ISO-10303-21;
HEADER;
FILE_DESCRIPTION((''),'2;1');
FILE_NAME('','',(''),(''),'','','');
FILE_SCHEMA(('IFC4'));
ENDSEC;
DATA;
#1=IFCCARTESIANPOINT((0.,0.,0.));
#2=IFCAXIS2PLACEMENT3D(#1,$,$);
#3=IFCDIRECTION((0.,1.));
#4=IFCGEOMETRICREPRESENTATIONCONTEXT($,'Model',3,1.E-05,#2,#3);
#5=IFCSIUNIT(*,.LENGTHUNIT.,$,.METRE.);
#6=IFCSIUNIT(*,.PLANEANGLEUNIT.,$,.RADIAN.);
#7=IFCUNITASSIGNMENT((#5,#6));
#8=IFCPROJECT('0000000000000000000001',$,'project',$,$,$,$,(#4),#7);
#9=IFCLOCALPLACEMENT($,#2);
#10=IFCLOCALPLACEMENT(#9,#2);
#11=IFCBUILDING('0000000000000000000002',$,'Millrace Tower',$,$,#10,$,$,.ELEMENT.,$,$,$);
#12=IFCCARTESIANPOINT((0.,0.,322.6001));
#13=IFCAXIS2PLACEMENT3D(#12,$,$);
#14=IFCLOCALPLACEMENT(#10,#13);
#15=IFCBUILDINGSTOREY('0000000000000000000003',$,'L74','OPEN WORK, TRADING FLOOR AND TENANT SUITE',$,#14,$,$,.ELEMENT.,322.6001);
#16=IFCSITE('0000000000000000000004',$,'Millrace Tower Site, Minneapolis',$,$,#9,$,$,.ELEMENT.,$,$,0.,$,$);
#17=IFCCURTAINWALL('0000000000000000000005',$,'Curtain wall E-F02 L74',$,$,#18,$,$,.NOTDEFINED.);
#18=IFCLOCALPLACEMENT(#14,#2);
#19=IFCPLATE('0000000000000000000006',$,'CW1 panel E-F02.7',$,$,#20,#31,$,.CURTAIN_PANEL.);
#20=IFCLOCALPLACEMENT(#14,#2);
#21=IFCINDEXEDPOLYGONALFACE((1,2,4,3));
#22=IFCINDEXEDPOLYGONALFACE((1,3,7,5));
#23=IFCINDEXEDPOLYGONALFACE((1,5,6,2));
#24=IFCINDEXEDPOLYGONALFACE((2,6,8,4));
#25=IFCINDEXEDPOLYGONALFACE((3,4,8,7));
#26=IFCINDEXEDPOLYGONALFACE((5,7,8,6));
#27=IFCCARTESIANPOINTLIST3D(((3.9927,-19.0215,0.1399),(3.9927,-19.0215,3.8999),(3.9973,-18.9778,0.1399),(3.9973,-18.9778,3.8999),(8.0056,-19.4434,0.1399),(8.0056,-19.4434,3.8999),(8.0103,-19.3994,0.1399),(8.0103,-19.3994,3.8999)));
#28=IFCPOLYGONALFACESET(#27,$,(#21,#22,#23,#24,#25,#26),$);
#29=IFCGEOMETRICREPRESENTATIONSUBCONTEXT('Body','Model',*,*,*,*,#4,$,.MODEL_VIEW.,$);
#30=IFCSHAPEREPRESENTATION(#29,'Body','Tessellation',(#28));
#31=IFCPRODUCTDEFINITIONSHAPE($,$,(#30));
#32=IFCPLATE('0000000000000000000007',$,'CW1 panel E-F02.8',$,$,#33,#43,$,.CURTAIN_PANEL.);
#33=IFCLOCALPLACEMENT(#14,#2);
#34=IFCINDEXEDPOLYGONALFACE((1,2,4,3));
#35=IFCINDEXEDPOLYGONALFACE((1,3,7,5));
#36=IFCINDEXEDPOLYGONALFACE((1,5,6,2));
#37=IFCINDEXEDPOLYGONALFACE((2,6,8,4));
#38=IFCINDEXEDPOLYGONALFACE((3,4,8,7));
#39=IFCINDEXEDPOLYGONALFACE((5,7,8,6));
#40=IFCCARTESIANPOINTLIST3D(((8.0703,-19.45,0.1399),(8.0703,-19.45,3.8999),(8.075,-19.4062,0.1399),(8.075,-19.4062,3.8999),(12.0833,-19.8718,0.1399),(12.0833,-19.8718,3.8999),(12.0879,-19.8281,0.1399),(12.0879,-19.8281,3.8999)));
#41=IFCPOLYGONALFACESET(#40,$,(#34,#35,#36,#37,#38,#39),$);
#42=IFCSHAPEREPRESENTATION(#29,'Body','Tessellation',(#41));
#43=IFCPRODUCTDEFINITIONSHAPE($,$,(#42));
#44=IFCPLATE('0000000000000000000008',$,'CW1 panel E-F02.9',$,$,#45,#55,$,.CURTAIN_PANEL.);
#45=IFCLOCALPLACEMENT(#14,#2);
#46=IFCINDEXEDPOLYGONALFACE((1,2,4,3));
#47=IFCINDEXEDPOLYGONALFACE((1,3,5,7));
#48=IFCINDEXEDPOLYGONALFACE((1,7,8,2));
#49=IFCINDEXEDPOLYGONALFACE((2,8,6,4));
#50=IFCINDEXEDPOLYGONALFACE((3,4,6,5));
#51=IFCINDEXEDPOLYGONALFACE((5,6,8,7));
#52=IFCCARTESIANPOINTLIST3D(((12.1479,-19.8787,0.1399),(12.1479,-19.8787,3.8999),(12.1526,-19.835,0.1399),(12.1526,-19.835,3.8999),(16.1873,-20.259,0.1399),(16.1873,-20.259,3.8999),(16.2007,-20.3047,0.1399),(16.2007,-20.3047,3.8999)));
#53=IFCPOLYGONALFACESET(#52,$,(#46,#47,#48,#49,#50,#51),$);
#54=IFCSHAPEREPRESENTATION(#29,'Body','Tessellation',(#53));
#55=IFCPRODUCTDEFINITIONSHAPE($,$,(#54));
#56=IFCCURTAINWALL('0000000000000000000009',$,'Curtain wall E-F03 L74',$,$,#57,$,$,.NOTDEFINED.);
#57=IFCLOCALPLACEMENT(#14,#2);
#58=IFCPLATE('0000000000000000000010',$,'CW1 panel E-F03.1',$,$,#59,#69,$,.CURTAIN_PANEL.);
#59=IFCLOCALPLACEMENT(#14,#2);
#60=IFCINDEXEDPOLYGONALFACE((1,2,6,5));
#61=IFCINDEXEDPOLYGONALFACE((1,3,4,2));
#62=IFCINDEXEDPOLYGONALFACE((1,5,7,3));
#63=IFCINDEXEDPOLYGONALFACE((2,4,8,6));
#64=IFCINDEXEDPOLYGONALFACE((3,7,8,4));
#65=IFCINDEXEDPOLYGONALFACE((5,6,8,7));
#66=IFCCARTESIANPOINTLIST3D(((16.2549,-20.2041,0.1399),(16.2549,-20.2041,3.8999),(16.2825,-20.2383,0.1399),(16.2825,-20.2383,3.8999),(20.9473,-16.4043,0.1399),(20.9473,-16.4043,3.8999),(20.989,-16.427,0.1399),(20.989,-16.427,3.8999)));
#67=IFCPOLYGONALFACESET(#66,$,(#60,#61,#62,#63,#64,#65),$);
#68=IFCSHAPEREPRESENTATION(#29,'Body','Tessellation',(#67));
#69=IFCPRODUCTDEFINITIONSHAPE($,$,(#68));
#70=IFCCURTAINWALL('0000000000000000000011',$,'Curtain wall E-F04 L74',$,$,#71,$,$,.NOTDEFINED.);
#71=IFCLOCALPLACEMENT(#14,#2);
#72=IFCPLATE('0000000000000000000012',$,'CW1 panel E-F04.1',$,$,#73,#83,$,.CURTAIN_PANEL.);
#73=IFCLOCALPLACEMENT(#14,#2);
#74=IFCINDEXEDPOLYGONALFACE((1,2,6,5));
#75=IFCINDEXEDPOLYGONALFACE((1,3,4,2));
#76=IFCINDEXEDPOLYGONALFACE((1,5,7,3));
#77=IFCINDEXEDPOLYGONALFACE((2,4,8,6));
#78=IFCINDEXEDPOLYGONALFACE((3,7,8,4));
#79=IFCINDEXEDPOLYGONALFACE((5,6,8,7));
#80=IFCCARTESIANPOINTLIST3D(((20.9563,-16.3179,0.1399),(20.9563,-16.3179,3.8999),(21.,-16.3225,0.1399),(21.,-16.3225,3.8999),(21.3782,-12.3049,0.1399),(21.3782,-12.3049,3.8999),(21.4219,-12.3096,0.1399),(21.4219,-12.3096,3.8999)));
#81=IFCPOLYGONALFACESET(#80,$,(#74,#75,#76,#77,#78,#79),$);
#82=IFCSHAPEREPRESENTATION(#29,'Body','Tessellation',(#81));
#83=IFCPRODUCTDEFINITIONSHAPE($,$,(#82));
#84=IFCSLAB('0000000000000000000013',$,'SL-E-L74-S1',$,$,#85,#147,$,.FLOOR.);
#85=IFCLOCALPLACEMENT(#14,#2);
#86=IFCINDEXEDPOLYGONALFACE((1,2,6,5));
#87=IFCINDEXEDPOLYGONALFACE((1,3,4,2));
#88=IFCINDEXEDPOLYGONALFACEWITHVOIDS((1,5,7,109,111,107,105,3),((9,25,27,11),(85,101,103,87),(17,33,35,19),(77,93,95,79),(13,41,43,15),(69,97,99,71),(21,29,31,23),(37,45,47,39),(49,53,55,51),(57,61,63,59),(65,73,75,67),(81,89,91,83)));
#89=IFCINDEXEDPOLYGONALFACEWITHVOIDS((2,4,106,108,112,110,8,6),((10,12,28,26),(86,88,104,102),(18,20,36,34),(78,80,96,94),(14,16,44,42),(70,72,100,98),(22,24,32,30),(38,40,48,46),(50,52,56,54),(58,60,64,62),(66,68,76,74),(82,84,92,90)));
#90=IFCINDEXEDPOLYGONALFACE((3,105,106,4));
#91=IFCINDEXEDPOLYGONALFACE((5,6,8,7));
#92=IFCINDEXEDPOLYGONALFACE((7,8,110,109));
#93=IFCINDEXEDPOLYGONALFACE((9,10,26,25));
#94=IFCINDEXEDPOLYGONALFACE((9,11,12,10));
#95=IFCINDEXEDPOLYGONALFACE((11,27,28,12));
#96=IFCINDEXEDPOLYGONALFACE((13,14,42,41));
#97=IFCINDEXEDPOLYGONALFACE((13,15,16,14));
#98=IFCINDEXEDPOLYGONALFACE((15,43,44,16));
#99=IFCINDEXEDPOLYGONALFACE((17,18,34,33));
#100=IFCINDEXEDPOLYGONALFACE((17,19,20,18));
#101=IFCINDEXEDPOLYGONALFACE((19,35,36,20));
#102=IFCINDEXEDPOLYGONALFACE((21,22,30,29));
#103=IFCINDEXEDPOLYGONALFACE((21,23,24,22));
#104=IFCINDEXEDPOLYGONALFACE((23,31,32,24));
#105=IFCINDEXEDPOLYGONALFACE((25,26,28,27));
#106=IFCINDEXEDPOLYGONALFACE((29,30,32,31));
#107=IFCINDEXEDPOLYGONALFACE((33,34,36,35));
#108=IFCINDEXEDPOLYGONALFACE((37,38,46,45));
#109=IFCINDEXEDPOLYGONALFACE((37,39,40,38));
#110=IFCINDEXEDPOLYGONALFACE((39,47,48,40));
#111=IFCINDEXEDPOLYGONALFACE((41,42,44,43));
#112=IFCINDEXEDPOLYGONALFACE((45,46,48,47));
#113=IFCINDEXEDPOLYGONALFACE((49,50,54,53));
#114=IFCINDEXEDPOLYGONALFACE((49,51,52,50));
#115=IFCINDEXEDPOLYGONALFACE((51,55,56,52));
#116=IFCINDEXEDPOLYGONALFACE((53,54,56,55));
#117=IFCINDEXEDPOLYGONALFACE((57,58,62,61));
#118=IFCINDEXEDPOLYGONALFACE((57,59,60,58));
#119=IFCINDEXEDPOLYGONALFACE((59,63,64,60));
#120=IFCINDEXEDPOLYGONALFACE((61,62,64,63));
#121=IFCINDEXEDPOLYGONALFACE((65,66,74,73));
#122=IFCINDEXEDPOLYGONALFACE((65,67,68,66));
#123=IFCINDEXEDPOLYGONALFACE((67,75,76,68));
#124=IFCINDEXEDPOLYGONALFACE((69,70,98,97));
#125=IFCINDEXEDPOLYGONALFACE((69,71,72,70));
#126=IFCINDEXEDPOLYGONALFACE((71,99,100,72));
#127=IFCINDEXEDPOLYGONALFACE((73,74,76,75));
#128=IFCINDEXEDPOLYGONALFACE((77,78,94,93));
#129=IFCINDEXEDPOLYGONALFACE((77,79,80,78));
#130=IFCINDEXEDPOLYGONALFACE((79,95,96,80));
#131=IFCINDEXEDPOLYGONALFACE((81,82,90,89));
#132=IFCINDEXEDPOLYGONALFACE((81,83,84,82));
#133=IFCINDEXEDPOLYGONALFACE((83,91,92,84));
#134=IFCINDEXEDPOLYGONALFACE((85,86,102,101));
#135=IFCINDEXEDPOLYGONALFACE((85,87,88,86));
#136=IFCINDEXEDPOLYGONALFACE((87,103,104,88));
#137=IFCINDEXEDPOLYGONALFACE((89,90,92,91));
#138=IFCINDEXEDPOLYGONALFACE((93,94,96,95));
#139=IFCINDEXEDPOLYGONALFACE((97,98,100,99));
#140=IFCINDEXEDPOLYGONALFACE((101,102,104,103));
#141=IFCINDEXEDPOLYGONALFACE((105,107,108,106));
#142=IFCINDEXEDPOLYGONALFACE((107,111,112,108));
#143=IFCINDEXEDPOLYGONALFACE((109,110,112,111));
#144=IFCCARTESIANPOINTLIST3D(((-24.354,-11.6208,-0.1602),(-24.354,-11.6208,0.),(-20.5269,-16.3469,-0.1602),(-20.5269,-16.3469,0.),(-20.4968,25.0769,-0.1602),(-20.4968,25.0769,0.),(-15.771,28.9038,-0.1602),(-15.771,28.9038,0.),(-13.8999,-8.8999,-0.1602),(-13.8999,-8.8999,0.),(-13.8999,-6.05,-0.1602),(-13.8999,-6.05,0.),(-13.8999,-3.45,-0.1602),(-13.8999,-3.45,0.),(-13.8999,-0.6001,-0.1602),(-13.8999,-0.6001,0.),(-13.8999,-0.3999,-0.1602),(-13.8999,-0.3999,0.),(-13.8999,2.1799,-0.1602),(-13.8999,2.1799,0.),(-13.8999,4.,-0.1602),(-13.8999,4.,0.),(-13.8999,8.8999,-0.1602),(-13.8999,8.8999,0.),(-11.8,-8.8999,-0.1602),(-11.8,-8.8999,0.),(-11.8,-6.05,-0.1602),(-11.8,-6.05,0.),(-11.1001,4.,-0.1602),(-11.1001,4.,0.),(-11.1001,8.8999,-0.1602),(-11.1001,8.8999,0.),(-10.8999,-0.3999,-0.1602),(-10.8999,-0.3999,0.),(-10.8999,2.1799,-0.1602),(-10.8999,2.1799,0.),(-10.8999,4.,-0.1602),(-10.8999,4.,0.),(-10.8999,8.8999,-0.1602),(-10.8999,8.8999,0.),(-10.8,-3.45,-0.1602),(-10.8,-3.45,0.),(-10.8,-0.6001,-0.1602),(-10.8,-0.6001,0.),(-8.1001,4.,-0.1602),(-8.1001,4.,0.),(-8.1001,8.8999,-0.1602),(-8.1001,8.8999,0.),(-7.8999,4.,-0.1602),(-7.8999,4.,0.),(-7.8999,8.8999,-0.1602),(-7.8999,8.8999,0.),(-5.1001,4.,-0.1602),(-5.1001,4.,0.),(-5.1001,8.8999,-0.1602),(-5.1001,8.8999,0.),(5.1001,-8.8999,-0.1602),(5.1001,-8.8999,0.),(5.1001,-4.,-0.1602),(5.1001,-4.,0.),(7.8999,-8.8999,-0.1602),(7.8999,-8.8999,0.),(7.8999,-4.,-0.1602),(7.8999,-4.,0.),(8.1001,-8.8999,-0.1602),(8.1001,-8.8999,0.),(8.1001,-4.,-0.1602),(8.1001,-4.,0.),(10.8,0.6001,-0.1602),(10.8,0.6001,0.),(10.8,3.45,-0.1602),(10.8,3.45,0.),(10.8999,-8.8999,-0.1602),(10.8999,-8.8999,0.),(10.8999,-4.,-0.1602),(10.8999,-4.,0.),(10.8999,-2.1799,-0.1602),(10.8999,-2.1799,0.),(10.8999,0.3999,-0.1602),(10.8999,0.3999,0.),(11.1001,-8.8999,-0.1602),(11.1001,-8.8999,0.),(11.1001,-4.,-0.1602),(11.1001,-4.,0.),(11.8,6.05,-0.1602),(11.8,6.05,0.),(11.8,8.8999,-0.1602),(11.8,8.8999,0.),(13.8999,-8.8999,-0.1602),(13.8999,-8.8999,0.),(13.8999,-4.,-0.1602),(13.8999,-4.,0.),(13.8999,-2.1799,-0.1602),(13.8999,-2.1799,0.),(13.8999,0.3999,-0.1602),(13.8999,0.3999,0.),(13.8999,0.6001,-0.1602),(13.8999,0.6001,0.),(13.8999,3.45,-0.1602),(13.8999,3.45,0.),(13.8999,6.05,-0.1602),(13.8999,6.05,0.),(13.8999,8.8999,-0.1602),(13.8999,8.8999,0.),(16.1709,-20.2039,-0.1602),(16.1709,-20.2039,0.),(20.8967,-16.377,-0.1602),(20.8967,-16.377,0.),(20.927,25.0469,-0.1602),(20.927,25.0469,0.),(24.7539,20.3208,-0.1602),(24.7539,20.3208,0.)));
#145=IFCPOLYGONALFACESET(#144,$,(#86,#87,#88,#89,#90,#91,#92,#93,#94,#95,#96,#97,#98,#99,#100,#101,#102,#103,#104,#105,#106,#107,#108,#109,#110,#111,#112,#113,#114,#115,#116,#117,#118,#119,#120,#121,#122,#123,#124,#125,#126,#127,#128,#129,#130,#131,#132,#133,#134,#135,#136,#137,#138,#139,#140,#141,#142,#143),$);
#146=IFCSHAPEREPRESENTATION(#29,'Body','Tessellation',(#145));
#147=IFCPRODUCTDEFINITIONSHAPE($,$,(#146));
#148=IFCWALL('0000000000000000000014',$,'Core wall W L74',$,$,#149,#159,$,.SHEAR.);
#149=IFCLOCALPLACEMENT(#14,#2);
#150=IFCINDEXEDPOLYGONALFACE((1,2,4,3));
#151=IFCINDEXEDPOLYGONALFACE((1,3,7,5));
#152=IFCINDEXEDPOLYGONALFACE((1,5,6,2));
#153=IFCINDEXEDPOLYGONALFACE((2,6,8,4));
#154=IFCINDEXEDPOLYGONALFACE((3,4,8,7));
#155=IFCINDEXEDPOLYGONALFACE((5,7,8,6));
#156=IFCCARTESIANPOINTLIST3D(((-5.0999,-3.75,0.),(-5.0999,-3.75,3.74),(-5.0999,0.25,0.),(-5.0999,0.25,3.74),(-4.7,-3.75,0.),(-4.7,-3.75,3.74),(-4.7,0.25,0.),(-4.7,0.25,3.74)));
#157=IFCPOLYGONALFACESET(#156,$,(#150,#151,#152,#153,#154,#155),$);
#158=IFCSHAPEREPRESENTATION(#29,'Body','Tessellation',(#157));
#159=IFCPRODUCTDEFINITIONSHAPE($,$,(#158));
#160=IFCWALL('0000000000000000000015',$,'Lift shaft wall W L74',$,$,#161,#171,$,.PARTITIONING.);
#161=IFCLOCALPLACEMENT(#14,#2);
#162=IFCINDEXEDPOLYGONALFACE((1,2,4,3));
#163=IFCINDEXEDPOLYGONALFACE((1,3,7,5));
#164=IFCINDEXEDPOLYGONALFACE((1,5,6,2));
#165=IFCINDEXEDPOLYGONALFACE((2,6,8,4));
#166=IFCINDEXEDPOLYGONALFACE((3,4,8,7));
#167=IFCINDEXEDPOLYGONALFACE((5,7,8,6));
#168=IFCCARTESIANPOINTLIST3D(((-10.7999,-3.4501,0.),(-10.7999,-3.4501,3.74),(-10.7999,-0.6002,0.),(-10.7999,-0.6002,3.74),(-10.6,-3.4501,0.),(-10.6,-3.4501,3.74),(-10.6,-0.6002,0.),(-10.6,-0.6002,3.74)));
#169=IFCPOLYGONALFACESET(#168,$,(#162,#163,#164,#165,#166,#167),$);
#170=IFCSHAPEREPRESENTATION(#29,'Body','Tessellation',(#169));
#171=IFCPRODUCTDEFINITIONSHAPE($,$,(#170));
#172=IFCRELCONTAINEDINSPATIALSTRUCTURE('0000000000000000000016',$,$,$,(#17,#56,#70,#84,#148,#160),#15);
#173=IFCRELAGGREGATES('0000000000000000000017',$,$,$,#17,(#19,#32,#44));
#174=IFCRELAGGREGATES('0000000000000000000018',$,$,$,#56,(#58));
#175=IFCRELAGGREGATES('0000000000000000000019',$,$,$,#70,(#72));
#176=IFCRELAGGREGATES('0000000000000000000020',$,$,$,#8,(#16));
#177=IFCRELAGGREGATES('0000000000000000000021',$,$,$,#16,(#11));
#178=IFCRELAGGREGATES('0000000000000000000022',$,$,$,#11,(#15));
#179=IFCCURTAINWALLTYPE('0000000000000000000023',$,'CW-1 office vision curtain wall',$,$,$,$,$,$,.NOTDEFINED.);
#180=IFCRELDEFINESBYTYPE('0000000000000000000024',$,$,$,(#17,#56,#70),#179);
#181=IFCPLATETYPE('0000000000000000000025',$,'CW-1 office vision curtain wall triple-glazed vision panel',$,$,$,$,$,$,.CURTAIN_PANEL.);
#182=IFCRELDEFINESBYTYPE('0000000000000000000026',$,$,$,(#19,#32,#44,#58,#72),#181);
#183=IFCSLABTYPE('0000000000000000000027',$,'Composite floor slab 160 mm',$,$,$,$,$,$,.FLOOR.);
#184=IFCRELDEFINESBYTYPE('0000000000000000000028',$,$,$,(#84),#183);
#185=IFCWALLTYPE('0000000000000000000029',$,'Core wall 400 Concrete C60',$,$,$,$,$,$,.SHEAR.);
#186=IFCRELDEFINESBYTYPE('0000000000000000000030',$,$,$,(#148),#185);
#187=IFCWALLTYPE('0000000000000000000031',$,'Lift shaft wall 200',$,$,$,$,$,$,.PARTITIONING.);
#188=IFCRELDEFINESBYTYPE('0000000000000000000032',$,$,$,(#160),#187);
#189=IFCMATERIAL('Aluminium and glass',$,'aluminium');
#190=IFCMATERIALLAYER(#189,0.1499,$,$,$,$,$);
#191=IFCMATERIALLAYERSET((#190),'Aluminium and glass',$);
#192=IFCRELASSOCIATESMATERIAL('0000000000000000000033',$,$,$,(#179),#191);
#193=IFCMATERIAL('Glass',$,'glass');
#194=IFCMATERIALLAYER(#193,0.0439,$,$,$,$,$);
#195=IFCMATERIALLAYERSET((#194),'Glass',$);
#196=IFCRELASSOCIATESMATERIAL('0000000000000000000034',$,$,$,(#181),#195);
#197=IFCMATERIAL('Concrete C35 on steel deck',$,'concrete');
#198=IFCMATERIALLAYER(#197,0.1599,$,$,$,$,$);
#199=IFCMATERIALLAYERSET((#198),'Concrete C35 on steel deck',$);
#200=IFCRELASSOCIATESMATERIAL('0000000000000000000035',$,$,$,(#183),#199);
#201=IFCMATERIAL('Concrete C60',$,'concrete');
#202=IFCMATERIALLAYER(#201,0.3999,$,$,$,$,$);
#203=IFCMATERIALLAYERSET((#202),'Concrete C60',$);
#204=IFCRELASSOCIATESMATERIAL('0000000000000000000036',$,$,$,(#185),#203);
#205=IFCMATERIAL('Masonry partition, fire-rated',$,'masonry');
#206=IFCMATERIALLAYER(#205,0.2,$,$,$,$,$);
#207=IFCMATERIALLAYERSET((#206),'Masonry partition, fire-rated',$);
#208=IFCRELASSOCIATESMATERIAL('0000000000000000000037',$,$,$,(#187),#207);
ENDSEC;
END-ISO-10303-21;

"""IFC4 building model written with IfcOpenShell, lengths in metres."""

from ifc_helpers import new_model, si_unit, direction, frame, frame_2d, origin, place, context, subcontext, project, spatial, polyline, rectangle, outline, extrude, material, layer, layer_set, type_object, element, aggregate, save


model = new_model("IFC4")

# Units and contexts
model_context = context("Model", 3, precision=1e-05, world=origin(), true_north=direction((0.0, 1.0)))
body_context = subcontext(model_context, "Body", "Model", "MODEL_VIEW")
ifc_project = project(units=[si_unit("LENGTHUNIT", "METRE"), si_unit("PLANEANGLEUNIT", "RADIAN")], contexts=[model_context])

# Site, building, storey
site_placement = place(None, origin())
site = spatial("IfcSite", under=ifc_project, at=site_placement, Name="Millrace Tower Site, Minneapolis", CompositionType="ELEMENT", RefElevation=0.0)
building_placement = place(site_placement, origin())
building = spatial("IfcBuilding", under=site, at=building_placement, Name="Millrace Tower", CompositionType="ELEMENT")
storey_placement = place(building_placement, frame((0.0, 0.0, 322.6001)))
storey = spatial("IfcBuildingStorey", under=building, at=storey_placement, Name="L74", Description="OPEN WORK, TRADING FLOOR AND TENANT SUITE", CompositionType="ELEMENT", Elevation=322.6001)

# Shared definitions
ifc_material_1 = material(Name="Aluminium and glass", Category="aluminium")
ifc_layer_1 = layer(ifc_material_1, 0.1499)
ifc_layer_set_1 = layer_set([ifc_layer_1], Name="Aluminium and glass")
curtain_wall_type = type_object("IfcCurtainWallType", Name="CW-1 office vision curtain wall", PredefinedType="NOTDEFINED", material=ifc_layer_set_1)
placement_1 = place(storey_placement, origin())
ifc_material_2 = material(Name="Glass", Category="glass")
ifc_layer_2 = layer(ifc_material_2, 0.0439)
ifc_layer_set_2 = layer_set([ifc_layer_2], Name="Glass")
plate_type = type_object("IfcPlateType", Name="CW-1 office vision curtain wall triple-glazed vision panel", PredefinedType="CURTAIN_PANEL", material=ifc_layer_set_2)
placement_2 = place(storey_placement, frame((0.0, 0.0, 0.1399)))

# Curtain wall, plates
curtain_wall_1 = element("IfcCurtainWall", 1, at=placement_1, inside=storey, type_object=curtain_wall_type, Name="Curtain wall E-F02 L74", PredefinedType="NOTDEFINED")
plate_1 = element("IfcPlate", 2, at=placement_2, type_object=plate_type, Name="CW1 panel E-F02.7", PredefinedType="CURTAIN_PANEL", context=body_context, shape_type="SweptSolid", body=[
    extrude(outline(polyline([(3.9927, -19.0215), (8.0056, -19.4434), (8.0103, -19.3994), (3.9973, -18.9778), (3.9927, -19.0215)])), origin(), (0.0, 0.0, 1.0), 3.76),
])
plate_2 = element("IfcPlate", 3, at=placement_2, type_object=plate_type, Name="CW1 panel E-F02.8", PredefinedType="CURTAIN_PANEL", context=body_context, shape_type="SweptSolid", body=[
    extrude(outline(polyline([(8.0703, -19.45), (12.0833, -19.8718), (12.0879, -19.8281), (8.075, -19.4062), (8.0703, -19.45)])), origin(), (0.0, 0.0, 1.0), 3.76),
])
plate_3 = element("IfcPlate", 4, at=placement_2, type_object=plate_type, Name="CW1 panel E-F02.9", PredefinedType="CURTAIN_PANEL", context=body_context, shape_type="SweptSolid", body=[
    extrude(outline(polyline([(12.1479, -19.8787), (16.2007, -20.3047), (16.1873, -20.259), (12.1526, -19.835), (12.1479, -19.8787)])), origin(), (0.0, 0.0, 1.0), 3.76),
])
aggregate(curtain_wall_1, [plate_1, plate_2, plate_3])

# Curtain walls, plates
curtain_wall_2 = element("IfcCurtainWall", 5, at=placement_1, inside=storey, type_object=curtain_wall_type, Name="Curtain wall E-F03 L74", PredefinedType="NOTDEFINED")
plate_4 = element("IfcPlate", 6, at=placement_2, type_object=plate_type, Name="CW1 panel E-F03.1", PredefinedType="CURTAIN_PANEL", context=body_context, shape_type="SweptSolid", body=[
    extrude(outline(polyline([(16.2825, -20.2383), (20.989, -16.427), (20.9473, -16.4043), (16.2549, -20.2041), (16.2825, -20.2383)])), origin(), (0.0, 0.0, 1.0), 3.76),
])
aggregate(curtain_wall_2, [plate_4])
curtain_wall_3 = element("IfcCurtainWall", 7, at=placement_1, inside=storey, type_object=curtain_wall_type, Name="Curtain wall E-F04 L74", PredefinedType="NOTDEFINED")
plate_5 = element("IfcPlate", 8, at=placement_2, type_object=plate_type, Name="CW1 panel E-F04.1", PredefinedType="CURTAIN_PANEL", context=body_context, shape_type="SweptSolid", body=[
    extrude(outline(polyline([(21.0, -16.3225), (21.4219, -12.3096), (21.3782, -12.3049), (20.9563, -16.3179), (21.0, -16.3225)])), origin(), (0.0, 0.0, 1.0), 3.76),
])
aggregate(curtain_wall_3, [plate_5])

# Slab
ifc_material_3 = material(Name="Concrete C35 on steel deck", Category="concrete")
ifc_layer_3 = layer(ifc_material_3, 0.1599)
ifc_layer_set_3 = layer_set([ifc_layer_3], Name="Concrete C35 on steel deck")
slab_type = type_object("IfcSlabType", Name="Composite floor slab 160 mm", PredefinedType="FLOOR", material=ifc_layer_set_3)
slab_placement = place(storey_placement, frame((0.0, 0.0, -0.1602)))
element("IfcSlab", 9, at=slab_placement, inside=storey, type_object=slab_type, Name="SL-E-L74-S1", PredefinedType="FLOOR", context=body_context, shape_type="SweptSolid", body=[
    extrude(outline(polyline([(-24.354, -11.6208), (-20.5269, -16.3469), (16.1709, -20.2039), (20.8967, -16.377), (24.7539, 20.3208), (20.927, 25.0469), (-15.771, 28.9038), (-20.4968, 25.0769), (-24.354, -11.6208)]), holes=[polyline([(-13.8999, -8.8999), (-11.8, -8.8999), (-11.8, -6.05), (-13.8999, -6.05), (-13.8999, -8.8999)]), polyline([(-13.8999, -3.45), (-10.8, -3.45), (-10.8, -0.6001), (-13.8999, -0.6001), (-13.8999, -3.45)]), polyline([(-13.8999, -0.3999), (-10.8999, -0.3999), (-10.8999, 2.1799), (-13.8999, 2.1799), (-13.8999, -0.3999)]), polyline([(-13.8999, 4.0), (-11.1001, 4.0), (-11.1001, 8.8999), (-13.8999, 8.8999), (-13.8999, 4.0)]), polyline([(-10.8999, 4.0), (-8.1001, 4.0), (-8.1001, 8.8999), (-10.8999, 8.8999), (-10.8999, 4.0)]), polyline([(-7.8999, 4.0), (-5.1001, 4.0), (-5.1001, 8.8999), (-7.8999, 8.8999), (-7.8999, 4.0)]), polyline([(11.8, 6.05), (13.8999, 6.05), (13.8999, 8.8999), (11.8, 8.8999), (11.8, 6.05)]), polyline([(10.8, 0.6001), (13.8999, 0.6001), (13.8999, 3.45), (10.8, 3.45), (10.8, 0.6001)]), polyline([(10.8999, -2.1799), (13.8999, -2.1799), (13.8999, 0.3999), (10.8999, 0.3999), (10.8999, -2.1799)]), polyline([(11.1001, -8.8999), (13.8999, -8.8999), (13.8999, -4.0), (11.1001, -4.0), (11.1001, -8.8999)]), polyline([(8.1001, -8.8999), (10.8999, -8.8999), (10.8999, -4.0), (8.1001, -4.0), (8.1001, -8.8999)]), polyline([(5.1001, -8.8999), (7.8999, -8.8999), (7.8999, -4.0), (5.1001, -4.0), (5.1001, -8.8999)])]), origin(), (0.0, 0.0, 1.0), 0.1602),
])

# Walls
ifc_material_4 = material(Name="Concrete C60", Category="concrete")
ifc_layer_4 = layer(ifc_material_4, 0.3999)
ifc_layer_set_4 = layer_set([ifc_layer_4], Name="Concrete C60")
wall_type_1 = type_object("IfcWallType", Name="Core wall 400 Concrete C60", PredefinedType="SHEAR", material=ifc_layer_set_4)
wall_1_placement = place(storey_placement, frame((-4.8999, -3.75, 0.0), z_axis=(0.0, 0.0, 1.0), x_axis=(0.0, 1.0, 0.0)))
element("IfcWall", 10, at=wall_1_placement, inside=storey, type_object=wall_type_1, Name="Core wall W L74", PredefinedType="SHEAR", context=body_context, shape_type="SweptSolid", body=[
    extrude(rectangle(XDim=4.0, YDim=0.3999, at=frame_2d((2.0, 0.0))), origin(), (0.0, 0.0, 1.0), 3.74),
])
ifc_material_5 = material(Name="Masonry partition, fire-rated", Category="masonry")
ifc_layer_5 = layer(ifc_material_5, 0.2)
ifc_layer_set_5 = layer_set([ifc_layer_5], Name="Masonry partition, fire-rated")
wall_type_2 = type_object("IfcWallType", Name="Lift shaft wall 200", PredefinedType="PARTITIONING", material=ifc_layer_set_5)
wall_2_placement = place(storey_placement, frame((-10.7, -3.45, 0.0), z_axis=(0.0, 0.0, 1.0), x_axis=(0.0, 1.0, 0.0)))
element("IfcWall", 11, at=wall_2_placement, inside=storey, type_object=wall_type_2, Name="Lift shaft wall W L74", PredefinedType="PARTITIONING", context=body_context, shape_type="SweptSolid", body=[
    extrude(rectangle(XDim=2.8499, YDim=0.2, at=frame_2d((1.4248, 0.0))), origin(), (0.0, 0.0, 1.0), 3.74),
])

save(model, "model.ifc")
